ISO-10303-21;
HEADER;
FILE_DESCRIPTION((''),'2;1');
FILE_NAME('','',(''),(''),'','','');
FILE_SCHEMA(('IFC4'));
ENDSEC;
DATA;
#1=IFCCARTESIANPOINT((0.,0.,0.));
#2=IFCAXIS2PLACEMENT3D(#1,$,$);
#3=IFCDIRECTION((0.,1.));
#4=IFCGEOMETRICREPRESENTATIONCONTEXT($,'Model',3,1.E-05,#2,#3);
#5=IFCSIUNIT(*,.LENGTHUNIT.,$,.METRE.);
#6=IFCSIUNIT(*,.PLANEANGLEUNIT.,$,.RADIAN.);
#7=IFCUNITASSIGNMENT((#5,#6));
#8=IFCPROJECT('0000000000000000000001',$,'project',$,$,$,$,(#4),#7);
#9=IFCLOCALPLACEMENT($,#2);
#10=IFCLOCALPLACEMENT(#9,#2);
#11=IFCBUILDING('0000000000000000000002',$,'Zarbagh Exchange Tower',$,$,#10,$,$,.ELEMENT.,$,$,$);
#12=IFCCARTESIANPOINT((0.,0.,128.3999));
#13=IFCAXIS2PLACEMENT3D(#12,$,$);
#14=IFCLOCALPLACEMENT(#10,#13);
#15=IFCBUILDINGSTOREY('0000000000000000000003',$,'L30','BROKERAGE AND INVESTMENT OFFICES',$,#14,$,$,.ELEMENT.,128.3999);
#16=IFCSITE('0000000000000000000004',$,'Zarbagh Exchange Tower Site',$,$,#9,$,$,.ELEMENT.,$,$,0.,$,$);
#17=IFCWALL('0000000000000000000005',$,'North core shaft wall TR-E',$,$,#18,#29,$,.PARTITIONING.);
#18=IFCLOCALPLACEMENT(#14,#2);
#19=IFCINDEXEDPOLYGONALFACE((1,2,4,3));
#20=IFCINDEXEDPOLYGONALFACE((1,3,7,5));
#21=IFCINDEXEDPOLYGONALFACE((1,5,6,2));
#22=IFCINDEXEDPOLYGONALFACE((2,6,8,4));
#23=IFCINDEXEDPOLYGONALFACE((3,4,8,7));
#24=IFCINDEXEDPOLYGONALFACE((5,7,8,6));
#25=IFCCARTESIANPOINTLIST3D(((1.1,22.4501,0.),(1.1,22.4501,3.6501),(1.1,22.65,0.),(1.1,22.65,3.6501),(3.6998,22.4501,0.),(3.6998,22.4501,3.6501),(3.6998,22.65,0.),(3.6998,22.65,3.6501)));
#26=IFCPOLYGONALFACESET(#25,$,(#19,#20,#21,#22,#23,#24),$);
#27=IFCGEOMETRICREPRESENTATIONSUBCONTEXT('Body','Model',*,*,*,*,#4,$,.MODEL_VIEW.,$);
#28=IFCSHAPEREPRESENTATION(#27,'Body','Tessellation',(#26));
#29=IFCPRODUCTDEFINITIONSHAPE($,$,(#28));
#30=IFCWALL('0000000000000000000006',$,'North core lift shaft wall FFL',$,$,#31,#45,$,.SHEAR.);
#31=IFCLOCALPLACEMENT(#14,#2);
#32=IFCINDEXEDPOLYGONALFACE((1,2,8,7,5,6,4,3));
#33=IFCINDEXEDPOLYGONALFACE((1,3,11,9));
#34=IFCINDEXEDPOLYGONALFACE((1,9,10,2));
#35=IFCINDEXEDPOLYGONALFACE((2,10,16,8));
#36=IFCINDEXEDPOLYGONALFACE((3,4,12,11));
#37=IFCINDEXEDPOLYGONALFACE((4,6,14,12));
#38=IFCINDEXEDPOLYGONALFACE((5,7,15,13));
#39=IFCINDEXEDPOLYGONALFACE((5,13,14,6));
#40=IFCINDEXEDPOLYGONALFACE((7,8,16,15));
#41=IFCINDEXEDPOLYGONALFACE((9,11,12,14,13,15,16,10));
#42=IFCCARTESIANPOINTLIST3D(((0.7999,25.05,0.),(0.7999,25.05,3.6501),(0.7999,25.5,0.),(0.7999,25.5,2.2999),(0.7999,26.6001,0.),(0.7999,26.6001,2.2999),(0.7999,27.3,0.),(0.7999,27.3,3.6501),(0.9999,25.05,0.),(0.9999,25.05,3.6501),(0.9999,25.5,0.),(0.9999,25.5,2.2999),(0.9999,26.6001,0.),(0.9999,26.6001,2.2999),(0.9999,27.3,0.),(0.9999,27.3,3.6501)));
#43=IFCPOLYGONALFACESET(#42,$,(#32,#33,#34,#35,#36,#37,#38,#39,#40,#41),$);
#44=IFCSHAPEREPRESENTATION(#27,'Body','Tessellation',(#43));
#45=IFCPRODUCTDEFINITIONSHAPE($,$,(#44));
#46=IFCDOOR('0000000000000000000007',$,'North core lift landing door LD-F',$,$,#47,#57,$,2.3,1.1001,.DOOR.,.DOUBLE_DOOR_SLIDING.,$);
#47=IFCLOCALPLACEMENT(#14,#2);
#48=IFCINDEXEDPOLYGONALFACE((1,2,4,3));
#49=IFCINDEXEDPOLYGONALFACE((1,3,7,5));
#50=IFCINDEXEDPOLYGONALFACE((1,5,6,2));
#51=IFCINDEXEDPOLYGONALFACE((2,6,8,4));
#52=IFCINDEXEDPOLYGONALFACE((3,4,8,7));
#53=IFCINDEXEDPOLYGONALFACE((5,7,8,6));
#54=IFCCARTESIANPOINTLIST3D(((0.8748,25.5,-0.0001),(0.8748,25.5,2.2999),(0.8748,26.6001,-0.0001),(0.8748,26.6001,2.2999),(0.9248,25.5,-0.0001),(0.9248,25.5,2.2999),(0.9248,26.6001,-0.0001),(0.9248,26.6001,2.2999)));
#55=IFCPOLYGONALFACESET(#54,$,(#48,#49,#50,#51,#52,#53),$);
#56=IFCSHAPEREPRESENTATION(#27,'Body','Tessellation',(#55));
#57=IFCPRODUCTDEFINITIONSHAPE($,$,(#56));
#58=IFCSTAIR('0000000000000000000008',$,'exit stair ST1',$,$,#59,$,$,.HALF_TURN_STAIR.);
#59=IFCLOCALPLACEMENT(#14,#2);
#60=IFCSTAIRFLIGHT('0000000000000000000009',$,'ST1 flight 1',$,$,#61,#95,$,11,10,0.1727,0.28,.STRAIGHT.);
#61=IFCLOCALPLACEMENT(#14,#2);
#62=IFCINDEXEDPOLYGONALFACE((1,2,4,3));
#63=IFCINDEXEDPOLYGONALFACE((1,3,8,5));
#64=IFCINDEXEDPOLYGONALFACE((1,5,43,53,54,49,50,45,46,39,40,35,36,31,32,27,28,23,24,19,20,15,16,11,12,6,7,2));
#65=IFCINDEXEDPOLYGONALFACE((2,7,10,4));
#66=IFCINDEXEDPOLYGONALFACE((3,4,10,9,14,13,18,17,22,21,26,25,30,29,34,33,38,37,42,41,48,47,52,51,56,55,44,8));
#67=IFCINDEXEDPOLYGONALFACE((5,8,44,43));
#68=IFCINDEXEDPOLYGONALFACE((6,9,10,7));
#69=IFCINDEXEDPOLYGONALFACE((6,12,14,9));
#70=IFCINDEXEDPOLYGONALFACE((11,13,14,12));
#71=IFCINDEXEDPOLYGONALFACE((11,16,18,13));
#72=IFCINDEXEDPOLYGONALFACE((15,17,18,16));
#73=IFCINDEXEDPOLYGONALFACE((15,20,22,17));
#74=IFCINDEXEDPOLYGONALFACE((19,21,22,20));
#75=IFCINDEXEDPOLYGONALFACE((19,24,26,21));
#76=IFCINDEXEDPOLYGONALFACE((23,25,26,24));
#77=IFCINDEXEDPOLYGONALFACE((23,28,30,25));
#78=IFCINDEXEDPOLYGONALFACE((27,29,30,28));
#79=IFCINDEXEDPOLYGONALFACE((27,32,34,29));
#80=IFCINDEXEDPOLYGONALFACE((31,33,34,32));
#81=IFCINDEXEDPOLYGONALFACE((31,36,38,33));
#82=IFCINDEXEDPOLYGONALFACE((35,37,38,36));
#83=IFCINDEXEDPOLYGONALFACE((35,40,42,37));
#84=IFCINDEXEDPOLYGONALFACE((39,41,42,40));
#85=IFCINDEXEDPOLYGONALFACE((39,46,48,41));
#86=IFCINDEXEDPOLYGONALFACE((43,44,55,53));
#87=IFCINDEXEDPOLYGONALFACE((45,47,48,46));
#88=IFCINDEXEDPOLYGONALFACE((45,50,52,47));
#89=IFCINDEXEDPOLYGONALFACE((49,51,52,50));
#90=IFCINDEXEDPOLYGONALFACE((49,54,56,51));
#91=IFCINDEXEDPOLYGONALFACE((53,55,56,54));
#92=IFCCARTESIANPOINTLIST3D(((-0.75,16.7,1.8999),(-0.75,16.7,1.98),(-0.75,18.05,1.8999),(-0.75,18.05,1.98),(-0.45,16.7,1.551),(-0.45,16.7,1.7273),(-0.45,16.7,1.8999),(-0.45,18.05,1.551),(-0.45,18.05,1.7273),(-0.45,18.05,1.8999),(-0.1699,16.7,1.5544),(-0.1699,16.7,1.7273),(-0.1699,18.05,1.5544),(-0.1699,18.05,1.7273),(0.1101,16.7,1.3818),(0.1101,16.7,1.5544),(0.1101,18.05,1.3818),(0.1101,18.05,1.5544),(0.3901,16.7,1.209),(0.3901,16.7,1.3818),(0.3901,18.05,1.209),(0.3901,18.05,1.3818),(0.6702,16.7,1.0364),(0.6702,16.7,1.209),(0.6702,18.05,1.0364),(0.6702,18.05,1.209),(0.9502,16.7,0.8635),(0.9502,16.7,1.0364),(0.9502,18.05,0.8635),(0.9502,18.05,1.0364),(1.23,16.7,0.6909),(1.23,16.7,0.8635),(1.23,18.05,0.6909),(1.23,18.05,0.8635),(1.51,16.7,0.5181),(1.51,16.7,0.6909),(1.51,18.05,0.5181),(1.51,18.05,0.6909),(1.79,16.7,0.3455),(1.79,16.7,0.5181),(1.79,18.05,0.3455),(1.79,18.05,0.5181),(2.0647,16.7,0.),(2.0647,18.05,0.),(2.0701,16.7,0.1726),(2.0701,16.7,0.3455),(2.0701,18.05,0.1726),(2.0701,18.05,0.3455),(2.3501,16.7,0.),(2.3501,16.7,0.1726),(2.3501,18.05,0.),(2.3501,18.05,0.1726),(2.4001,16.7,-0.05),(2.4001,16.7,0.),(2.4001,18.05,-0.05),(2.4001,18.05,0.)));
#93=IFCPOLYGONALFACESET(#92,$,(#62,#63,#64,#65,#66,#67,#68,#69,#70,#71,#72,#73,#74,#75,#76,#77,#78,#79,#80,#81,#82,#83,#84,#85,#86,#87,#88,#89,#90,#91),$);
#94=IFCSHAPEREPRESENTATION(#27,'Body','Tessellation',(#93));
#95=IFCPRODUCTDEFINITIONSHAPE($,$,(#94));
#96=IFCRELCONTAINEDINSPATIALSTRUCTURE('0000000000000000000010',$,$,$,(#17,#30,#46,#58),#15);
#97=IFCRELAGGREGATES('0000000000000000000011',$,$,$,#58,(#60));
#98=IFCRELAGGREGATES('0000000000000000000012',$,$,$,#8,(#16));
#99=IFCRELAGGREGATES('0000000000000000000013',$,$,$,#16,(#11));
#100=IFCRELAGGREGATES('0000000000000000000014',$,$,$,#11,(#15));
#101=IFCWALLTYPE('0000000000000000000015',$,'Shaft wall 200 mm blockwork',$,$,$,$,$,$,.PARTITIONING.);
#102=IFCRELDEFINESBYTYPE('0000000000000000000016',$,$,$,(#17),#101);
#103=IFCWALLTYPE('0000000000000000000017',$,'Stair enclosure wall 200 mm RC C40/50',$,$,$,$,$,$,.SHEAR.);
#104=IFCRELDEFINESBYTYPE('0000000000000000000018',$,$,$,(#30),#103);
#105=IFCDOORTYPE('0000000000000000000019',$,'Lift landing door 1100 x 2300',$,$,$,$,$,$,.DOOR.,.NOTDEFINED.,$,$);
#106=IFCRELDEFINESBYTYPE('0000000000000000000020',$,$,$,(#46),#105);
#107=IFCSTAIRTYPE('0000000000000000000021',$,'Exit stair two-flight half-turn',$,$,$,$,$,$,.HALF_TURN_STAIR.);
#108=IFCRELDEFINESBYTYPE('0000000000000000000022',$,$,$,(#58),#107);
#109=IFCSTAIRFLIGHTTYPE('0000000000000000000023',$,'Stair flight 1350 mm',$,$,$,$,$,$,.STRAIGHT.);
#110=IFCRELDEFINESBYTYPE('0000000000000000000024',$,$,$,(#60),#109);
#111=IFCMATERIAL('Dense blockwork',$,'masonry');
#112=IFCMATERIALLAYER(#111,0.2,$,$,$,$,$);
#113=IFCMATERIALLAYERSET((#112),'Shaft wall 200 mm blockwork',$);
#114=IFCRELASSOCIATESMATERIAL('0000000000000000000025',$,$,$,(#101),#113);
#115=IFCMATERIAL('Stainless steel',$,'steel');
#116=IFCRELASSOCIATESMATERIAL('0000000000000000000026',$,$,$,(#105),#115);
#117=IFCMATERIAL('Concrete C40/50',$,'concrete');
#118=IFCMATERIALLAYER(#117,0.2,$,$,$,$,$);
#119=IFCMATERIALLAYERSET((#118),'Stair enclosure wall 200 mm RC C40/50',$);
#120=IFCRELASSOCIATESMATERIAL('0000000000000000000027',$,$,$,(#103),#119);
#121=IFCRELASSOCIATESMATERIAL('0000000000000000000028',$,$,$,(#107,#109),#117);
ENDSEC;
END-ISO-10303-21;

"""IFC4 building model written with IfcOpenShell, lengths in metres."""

from ifc_helpers import new_model, si_unit, direction, frame, frame_2d, origin, place, context, subcontext, project, spatial, polyline, rectangle, outline, extrude, material, layer, layer_set, type_object, element, fill, aggregate, save


model = new_model("IFC4")

# Units and contexts
model_context = context("Model", 3, precision=1e-05, world=origin(), true_north=direction((0.0, 1.0)))
body_context = subcontext(model_context, "Body", "Model", "MODEL_VIEW")
ifc_project = project(units=[si_unit("LENGTHUNIT", "METRE"), si_unit("PLANEANGLEUNIT", "RADIAN")], contexts=[model_context])

# Site, building, storey
site_placement = place(None, origin())
site = spatial("IfcSite", under=ifc_project, at=site_placement, Name="Zarbagh Exchange Tower Site", CompositionType="ELEMENT", RefElevation=0.0)
building_placement = place(site_placement, origin())
building = spatial("IfcBuilding", under=site, at=building_placement, Name="Zarbagh Exchange Tower", CompositionType="ELEMENT")
storey_placement = place(building_placement, frame((0.0, 0.0, 128.3999)))
storey = spatial("IfcBuildingStorey", under=building, at=storey_placement, Name="L30", Description="BROKERAGE AND INVESTMENT OFFICES", CompositionType="ELEMENT", Elevation=128.3999)

# Shared definitions
ifc_material_1 = material(Name="Dense blockwork", Category="masonry")

# Shared definitions
ifc_layer_1 = layer(ifc_material_1, 0.2)
ifc_layer_set_1 = layer_set([ifc_layer_1], Name="Shaft wall 200 mm blockwork")
wall_type_1 = type_object("IfcWallType", Name="Shaft wall 200 mm blockwork", PredefinedType="PARTITIONING", material=ifc_layer_set_1)

# Shared definitions
ifc_material_2 = material(Name="Stainless steel", Category="steel")
door_type_1 = type_object("IfcDoorType", Name="Lift landing door 1100 x 2300", OperationType="NOTDEFINED", PredefinedType="DOOR", material=ifc_material_2)

# Wall
wall_1_placement = place(storey_placement, frame((1.1001, 22.55, 0.0), z_axis=(0.0, 0.0, 1.0), x_axis=(1.0, 0.0, 0.0)))
element("IfcWall", 1, at=wall_1_placement, inside=storey, type_object=wall_type_1, Name="North core shaft wall TR-E", PredefinedType="PARTITIONING", context=body_context, shape_type="SweptSolid", body=[
    extrude(rectangle(XDim=2.5999, YDim=0.2, at=frame_2d((1.2998, 0.0))), origin(), (0.0, 0.0, 1.0), 3.6501),
])

# Wall, opening, door
ifc_material_3 = material(Name="Concrete C40/50", Category="concrete")
ifc_layer_2 = layer(ifc_material_3, 0.2)
ifc_layer_set_2 = layer_set([ifc_layer_2], Name="Stair enclosure wall 200 mm RC C40/50")
wall_type_2 = type_object("IfcWallType", Name="Stair enclosure wall 200 mm RC C40/50", PredefinedType="SHEAR", material=ifc_layer_set_2)
wall_2_placement = place(storey_placement, frame((0.8999, 27.3, 0.0), z_axis=(0.0, 0.0, 1.0), x_axis=(0.0, -1.0, 0.0)))
wall_2 = element("IfcWall", 2, at=wall_2_placement, inside=storey, type_object=wall_type_2, Name="North core lift shaft wall FFL", PredefinedType="SHEAR", context=body_context, shape_type="SweptSolid", body=[
    extrude(rectangle(XDim=2.25, YDim=0.2, at=frame_2d((1.125, 0.0))), origin(), (0.0, 0.0, 1.0), 3.6501),
])
opening_1_placement = place(wall_2_placement, frame((0.7, 0.0, 0.0)))
opening_1 = element("IfcOpeningElement", 3, at=opening_1_placement, cuts=wall_2, PredefinedType="OPENING", context=body_context, shape_type="SweptSolid", body=[
    extrude(rectangle(XDim=1.1001, YDim=2.3, at=frame_2d((0.55, 1.1499))), frame((0.0, 0.1099, 0.0), z_axis=(0.0, -1.0, 0.0), x_axis=(1.0, 0.0, 0.0)), (0.0, 0.0, 1.0), 0.22),
])
door_1_placement = place(opening_1_placement, origin())
door_1 = element("IfcDoor", 4, at=door_1_placement, inside=storey, type_object=door_type_1, Name="North core lift landing door LD-F", OperationType="DOUBLE_DOOR_SLIDING", OverallHeight=2.3, OverallWidth=1.1001, PredefinedType="DOOR", context=body_context, shape_type="SweptSolid", body=[
    extrude(rectangle(XDim=1.1001, YDim=2.3, at=frame_2d((0.55, 1.1499))), frame((0.0, 0.0249, 0.0), z_axis=(0.0, -1.0, 0.0), x_axis=(1.0, 0.0, 0.0)), (0.0, 0.0, 1.0), 0.05),
])
fill(opening_1, door_1)

# Stair, stair flight
stair_type = type_object("IfcStairType", Name="Exit stair two-flight half-turn", PredefinedType="HALF_TURN_STAIR", material=ifc_material_3)
stair_placement = place(storey_placement, origin())
stair = element("IfcStair", 5, at=stair_placement, inside=storey, type_object=stair_type, Name="exit stair ST1", PredefinedType="HALF_TURN_STAIR")
stair_flight_type = type_object("IfcStairFlightType", Name="Stair flight 1350 mm", PredefinedType="STRAIGHT", material=ifc_material_3)
stair_flight_placement = place(storey_placement, frame((2.3501, 17.375, 0.0), z_axis=(0.0, 0.0, 1.0), x_axis=(-1.0, 0.0, 0.0)))
stair_flight = element("IfcStairFlight", 6, at=stair_flight_placement, type_object=stair_flight_type, Name="ST1 flight 1", NumberOfRisers=11, NumberOfTreads=10, PredefinedType="STRAIGHT", RiserHeight=0.1727, TreadLength=0.28, context=body_context, shape_type="SweptSolid", body=[
    extrude(outline(polyline([(-0.05, -0.05), (-0.05, 0.0), (0.0, 0.0), (0.0, 0.1726), (0.28, 0.1726), (0.28, 0.3455), (0.5601, 0.3455), (0.5601, 0.5181), (0.8401, 0.5181), (0.8401, 0.6909), (1.1201, 0.6909), (1.1201, 0.8635), (1.3999, 0.8635), (1.3999, 1.0364), (1.6799, 1.0364), (1.6799, 1.209), (1.96, 1.209), (1.96, 1.3818), (2.24, 1.3818), (2.24, 1.5544), (2.52, 1.5544), (2.52, 1.7273), (2.8, 1.7273), (2.8, 1.8999), (3.1001, 1.98), (3.1001, 1.8999), (2.8, 1.551), (0.2854, 0.0), (-0.05, -0.05)])), frame((0.0, 0.675, 0.0), z_axis=(0.0, -1.0, 0.0), x_axis=(1.0, 0.0, 0.0)), (0.0, 0.0, 1.0), 1.3501),
])
aggregate(stair, [stair_flight])

save(model, "model.ifc")
